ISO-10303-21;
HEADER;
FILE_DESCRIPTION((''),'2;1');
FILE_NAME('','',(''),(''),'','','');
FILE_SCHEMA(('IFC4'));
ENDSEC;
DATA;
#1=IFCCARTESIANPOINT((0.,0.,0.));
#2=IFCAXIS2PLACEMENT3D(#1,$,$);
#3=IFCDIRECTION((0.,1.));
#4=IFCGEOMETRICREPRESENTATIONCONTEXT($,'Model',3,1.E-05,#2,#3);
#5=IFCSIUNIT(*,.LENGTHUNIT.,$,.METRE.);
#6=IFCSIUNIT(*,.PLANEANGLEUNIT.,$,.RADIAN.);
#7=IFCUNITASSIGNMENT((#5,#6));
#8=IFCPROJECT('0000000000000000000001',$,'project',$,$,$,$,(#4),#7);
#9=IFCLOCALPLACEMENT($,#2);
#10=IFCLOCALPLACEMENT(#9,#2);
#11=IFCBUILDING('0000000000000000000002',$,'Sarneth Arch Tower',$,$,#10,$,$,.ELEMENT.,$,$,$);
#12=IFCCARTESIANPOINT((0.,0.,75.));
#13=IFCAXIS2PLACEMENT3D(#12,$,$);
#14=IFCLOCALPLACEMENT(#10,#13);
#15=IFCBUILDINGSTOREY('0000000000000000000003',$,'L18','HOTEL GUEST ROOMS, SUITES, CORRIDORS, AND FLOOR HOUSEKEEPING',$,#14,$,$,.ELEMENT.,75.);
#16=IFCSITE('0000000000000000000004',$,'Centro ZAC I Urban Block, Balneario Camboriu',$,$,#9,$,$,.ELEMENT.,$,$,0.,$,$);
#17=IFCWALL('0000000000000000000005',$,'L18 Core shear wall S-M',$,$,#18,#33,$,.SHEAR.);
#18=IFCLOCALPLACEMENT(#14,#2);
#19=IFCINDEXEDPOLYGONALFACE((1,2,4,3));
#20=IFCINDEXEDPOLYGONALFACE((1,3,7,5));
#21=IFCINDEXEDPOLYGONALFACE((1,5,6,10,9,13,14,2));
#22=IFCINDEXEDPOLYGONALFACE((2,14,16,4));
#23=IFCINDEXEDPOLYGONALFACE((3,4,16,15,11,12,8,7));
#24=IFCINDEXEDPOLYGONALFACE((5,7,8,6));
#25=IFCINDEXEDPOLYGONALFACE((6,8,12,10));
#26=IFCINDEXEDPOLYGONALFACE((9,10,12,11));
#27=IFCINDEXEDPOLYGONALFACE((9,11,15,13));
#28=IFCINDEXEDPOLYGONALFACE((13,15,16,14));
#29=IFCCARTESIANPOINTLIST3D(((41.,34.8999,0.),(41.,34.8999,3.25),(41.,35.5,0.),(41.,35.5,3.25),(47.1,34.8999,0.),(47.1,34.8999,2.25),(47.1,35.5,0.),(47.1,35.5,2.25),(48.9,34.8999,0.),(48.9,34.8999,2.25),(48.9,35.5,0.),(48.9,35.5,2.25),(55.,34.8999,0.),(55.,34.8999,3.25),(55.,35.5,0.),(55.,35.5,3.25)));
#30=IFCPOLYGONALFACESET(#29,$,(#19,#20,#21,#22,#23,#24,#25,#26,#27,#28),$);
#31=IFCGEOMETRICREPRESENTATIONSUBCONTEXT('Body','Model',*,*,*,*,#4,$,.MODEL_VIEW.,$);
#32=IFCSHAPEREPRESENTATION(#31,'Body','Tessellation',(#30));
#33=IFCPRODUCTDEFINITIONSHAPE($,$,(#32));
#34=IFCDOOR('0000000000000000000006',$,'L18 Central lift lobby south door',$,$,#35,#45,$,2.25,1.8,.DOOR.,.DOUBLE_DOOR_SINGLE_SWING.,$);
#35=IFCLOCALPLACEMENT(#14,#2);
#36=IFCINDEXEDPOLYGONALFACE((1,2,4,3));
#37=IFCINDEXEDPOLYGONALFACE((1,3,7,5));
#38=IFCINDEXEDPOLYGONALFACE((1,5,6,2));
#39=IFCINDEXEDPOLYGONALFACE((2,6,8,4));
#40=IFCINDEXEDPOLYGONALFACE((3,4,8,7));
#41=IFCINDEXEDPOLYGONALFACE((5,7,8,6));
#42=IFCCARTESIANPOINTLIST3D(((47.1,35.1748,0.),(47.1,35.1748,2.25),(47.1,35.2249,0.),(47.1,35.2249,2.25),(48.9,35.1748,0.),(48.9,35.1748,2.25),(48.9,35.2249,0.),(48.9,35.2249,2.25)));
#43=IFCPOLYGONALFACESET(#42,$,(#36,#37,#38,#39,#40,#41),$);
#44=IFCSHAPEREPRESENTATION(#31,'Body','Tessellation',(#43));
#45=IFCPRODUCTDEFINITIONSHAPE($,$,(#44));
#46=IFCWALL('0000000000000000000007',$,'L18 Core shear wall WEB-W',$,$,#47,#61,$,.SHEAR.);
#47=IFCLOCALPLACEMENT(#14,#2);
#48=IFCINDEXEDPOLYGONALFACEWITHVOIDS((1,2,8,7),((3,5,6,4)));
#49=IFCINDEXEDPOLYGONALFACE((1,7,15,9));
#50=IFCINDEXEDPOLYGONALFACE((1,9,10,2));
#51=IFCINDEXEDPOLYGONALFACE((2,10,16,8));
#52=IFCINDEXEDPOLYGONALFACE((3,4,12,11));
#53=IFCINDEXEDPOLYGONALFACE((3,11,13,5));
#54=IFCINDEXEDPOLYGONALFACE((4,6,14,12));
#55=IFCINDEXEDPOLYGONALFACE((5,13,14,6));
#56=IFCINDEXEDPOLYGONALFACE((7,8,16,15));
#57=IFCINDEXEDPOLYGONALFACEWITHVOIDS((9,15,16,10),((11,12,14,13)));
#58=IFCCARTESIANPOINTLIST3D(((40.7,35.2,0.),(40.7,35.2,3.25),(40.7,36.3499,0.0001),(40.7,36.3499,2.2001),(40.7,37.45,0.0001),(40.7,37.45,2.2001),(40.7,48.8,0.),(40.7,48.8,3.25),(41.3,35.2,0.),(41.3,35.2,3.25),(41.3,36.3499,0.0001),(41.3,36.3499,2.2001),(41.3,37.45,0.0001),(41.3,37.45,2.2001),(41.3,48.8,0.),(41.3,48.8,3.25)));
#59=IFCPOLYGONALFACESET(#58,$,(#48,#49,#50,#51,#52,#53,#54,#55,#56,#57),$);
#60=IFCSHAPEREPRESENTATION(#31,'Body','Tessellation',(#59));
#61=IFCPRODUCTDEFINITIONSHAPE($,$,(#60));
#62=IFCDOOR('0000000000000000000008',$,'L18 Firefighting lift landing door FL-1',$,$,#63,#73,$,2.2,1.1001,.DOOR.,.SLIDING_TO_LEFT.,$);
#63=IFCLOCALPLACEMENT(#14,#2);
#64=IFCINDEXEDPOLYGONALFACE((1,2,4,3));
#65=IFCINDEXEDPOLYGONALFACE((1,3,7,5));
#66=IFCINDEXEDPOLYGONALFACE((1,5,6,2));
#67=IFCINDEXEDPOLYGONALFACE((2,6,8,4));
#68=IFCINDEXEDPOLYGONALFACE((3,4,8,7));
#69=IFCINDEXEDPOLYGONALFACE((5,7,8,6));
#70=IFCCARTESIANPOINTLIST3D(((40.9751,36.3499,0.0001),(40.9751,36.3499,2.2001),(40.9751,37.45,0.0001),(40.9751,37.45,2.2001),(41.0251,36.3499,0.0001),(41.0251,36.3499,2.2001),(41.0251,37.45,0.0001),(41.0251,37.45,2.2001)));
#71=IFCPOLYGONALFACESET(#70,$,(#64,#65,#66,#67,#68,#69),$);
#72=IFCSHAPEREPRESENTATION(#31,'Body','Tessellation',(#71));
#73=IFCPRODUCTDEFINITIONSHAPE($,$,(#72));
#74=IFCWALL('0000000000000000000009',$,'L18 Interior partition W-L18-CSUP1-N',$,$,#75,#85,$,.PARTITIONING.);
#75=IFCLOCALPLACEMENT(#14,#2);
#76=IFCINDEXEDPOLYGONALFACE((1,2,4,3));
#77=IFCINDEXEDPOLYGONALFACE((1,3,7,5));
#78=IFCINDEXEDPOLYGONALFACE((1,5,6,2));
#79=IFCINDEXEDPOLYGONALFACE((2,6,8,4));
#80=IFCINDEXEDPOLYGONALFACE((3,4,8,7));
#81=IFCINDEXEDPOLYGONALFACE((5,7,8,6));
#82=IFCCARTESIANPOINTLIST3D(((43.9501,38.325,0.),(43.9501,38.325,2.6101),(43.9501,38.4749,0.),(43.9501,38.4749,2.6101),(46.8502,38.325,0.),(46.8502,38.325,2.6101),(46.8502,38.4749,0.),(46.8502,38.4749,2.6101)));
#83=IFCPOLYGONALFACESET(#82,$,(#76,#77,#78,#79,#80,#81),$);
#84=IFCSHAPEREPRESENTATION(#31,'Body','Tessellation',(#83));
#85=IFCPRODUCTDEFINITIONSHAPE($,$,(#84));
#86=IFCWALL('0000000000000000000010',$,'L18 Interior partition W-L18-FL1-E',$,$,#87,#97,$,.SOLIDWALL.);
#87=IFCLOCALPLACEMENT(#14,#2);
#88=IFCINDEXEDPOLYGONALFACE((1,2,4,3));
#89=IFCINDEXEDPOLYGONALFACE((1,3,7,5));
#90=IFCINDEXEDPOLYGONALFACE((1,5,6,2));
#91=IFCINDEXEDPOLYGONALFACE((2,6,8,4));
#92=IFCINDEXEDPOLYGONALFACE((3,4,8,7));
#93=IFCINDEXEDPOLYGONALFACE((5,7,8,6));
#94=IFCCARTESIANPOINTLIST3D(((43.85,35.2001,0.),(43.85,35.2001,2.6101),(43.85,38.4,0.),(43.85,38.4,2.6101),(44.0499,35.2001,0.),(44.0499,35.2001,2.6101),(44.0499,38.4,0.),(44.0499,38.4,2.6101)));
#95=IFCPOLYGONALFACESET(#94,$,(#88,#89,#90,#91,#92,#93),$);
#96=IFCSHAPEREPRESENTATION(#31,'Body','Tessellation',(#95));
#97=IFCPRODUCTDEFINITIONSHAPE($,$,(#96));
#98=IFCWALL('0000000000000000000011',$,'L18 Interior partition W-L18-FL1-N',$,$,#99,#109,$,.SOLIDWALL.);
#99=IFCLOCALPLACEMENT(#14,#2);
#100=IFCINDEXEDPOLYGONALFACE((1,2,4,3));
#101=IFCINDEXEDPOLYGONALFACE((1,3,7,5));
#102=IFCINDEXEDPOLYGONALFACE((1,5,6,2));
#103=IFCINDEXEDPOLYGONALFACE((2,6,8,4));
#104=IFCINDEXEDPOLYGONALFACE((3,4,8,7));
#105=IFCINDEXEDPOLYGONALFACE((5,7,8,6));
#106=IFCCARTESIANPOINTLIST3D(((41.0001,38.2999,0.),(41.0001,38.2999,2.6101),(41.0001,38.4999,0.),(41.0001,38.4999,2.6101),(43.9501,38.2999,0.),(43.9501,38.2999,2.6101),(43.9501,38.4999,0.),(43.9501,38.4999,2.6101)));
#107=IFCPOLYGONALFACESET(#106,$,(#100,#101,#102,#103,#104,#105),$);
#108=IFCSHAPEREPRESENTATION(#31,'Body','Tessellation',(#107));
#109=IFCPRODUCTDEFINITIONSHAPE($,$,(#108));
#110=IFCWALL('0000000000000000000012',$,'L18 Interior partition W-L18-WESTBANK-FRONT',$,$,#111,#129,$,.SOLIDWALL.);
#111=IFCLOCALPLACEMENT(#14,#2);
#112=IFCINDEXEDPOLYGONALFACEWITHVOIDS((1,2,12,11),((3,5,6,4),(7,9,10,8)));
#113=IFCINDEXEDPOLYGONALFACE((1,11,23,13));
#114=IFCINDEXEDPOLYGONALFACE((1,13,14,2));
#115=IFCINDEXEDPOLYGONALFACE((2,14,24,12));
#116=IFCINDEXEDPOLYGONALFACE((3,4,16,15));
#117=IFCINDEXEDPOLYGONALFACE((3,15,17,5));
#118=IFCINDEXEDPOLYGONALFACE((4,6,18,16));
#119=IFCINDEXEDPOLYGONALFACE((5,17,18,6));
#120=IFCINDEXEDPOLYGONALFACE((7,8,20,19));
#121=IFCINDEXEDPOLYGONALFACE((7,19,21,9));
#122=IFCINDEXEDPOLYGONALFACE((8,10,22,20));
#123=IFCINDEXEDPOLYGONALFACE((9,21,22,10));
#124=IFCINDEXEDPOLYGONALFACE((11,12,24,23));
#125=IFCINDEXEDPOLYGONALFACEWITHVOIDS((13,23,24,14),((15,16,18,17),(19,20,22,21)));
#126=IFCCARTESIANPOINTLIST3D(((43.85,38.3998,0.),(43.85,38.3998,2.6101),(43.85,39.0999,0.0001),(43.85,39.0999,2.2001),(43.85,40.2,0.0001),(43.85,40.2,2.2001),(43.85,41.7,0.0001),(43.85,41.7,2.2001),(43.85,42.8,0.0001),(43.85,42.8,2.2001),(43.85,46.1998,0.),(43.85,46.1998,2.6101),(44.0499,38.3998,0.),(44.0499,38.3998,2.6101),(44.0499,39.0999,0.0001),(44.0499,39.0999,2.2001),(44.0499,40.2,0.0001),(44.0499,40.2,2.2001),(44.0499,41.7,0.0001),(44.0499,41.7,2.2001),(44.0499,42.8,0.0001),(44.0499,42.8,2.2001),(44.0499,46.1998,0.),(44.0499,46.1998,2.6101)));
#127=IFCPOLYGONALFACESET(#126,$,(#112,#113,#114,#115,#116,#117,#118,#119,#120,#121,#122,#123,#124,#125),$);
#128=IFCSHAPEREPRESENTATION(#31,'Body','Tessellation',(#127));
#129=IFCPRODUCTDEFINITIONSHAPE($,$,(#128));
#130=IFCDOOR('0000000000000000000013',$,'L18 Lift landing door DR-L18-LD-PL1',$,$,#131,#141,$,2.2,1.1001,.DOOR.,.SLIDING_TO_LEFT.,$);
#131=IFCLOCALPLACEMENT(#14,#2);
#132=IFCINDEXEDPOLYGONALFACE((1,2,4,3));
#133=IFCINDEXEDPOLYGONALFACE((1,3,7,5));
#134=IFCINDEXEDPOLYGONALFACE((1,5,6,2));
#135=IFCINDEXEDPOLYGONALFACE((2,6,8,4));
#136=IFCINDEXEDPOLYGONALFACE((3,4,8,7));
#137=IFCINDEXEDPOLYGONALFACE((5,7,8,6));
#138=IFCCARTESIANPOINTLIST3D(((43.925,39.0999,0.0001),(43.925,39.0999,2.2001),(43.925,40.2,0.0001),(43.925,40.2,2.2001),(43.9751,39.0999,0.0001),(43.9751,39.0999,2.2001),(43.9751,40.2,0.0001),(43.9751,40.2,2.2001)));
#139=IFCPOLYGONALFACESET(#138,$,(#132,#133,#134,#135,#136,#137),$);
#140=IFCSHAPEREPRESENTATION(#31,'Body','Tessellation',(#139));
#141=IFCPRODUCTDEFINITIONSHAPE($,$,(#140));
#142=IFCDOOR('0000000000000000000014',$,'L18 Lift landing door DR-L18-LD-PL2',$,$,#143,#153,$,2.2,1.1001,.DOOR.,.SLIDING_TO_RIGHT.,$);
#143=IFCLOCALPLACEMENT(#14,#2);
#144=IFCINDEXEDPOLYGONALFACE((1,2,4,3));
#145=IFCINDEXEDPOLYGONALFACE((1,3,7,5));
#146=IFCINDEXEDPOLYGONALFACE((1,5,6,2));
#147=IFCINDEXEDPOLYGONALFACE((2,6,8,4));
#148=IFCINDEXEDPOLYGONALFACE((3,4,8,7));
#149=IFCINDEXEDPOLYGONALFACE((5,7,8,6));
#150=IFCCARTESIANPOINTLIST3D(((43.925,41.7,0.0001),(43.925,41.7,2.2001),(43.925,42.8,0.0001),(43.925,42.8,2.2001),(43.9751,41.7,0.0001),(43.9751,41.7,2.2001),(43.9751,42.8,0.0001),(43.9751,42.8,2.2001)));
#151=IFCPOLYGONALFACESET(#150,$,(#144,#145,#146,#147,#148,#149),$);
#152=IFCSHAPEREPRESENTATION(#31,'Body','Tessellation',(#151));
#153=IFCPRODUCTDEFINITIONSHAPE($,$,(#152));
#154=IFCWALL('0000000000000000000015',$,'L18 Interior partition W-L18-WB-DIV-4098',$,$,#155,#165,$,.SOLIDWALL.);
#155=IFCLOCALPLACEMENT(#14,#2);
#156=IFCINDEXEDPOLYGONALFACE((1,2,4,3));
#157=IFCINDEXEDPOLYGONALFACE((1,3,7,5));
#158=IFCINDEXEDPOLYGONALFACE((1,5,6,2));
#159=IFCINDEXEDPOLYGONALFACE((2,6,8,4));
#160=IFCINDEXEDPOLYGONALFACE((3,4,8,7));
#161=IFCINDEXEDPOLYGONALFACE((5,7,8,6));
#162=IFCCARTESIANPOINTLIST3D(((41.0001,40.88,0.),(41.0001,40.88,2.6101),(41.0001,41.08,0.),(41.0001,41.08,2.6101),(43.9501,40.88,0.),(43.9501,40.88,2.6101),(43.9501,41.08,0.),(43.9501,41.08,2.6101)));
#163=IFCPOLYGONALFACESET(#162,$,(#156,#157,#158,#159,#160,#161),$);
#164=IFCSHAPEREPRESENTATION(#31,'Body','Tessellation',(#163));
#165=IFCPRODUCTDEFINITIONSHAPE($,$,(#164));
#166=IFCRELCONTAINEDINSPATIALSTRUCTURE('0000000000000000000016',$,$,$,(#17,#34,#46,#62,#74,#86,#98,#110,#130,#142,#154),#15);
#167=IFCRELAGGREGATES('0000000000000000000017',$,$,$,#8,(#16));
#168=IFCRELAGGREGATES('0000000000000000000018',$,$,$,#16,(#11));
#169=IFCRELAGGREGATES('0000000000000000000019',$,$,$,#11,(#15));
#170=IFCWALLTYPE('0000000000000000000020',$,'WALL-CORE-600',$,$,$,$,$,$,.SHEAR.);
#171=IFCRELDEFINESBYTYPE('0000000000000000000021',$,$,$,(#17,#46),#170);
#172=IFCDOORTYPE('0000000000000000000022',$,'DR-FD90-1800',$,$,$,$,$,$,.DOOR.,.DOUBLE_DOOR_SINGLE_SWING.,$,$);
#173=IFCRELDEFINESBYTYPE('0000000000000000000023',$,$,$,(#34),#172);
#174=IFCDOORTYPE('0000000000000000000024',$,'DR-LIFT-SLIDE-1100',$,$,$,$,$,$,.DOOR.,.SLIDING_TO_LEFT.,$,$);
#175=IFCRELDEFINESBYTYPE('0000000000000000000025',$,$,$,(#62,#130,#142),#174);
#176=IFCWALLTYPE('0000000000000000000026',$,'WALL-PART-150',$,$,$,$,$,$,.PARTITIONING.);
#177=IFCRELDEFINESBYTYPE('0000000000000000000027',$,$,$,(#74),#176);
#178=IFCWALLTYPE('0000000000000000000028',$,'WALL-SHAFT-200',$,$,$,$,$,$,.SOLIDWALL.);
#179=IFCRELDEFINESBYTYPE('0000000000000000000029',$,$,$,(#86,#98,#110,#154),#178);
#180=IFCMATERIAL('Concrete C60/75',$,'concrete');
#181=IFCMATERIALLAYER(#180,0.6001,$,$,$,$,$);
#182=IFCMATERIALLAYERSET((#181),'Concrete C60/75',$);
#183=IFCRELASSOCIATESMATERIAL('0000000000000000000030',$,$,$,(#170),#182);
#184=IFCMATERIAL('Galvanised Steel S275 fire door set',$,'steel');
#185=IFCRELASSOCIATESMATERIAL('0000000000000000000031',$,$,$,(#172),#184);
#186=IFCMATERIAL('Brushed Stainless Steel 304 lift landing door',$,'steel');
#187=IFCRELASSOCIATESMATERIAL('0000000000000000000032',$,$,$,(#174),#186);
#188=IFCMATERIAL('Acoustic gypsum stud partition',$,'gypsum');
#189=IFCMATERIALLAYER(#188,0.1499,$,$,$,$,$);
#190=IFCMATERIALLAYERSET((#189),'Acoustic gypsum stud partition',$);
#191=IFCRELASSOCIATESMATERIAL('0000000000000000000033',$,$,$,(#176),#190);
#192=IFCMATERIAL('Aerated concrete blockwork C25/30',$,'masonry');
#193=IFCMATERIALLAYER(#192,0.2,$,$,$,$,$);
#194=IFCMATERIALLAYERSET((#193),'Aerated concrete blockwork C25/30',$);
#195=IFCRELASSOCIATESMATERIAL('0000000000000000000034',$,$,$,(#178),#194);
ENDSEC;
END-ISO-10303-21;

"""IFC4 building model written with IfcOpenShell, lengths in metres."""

from ifc_helpers import new_model, si_unit, direction, frame, frame_2d, origin, place, context, subcontext, project, spatial, rectangle, extrude, material, layer, layer_set, type_object, element, fill, save


model = new_model("IFC4")

# Units and contexts
model_context = context("Model", 3, precision=1e-05, world=origin(), true_north=direction((0.0, 1.0)))
body_context = subcontext(model_context, "Body", "Model", "MODEL_VIEW")
ifc_project = project(units=[si_unit("LENGTHUNIT", "METRE"), si_unit("PLANEANGLEUNIT", "RADIAN")], contexts=[model_context])

# Site, building, storey
site_placement = place(None, origin())
site = spatial("IfcSite", under=ifc_project, at=site_placement, Name="Centro ZAC I Urban Block, Balneario Camboriu", CompositionType="ELEMENT", RefElevation=0.0)
building_placement = place(site_placement, origin())
building = spatial("IfcBuilding", under=site, at=building_placement, Name="Sarneth Arch Tower", CompositionType="ELEMENT")
storey_placement = place(building_placement, frame((0.0, 0.0, 75.0)))
storey = spatial("IfcBuildingStorey", under=building, at=storey_placement, Name="L18", Description="HOTEL GUEST ROOMS, SUITES, CORRIDORS, AND FLOOR HOUSEKEEPING", CompositionType="ELEMENT", Elevation=75.0)

# Shared definitions
ifc_material_1 = material(Name="Concrete C60/75", Category="concrete")
ifc_layer_1 = layer(ifc_material_1, 0.6001)
ifc_layer_set_1 = layer_set([ifc_layer_1], Name="Concrete C60/75")
wall_type_1 = type_object("IfcWallType", Name="WALL-CORE-600", PredefinedType="SHEAR", material=ifc_layer_set_1)

# Walls, openings, doors
wall_1_placement = place(storey_placement, frame((41.0, 35.2, 0.0), z_axis=(0.0, 0.0, 1.0), x_axis=(1.0, 0.0, 0.0)))
wall_1 = element("IfcWall", 1, at=wall_1_placement, inside=storey, type_object=wall_type_1, Name="L18 Core shear wall S-M", PredefinedType="SHEAR", context=body_context, shape_type="SweptSolid", body=[
    extrude(rectangle(XDim=14.0, YDim=0.6001, at=frame_2d((7.0, 0.0))), origin(), (0.0, 0.0, 1.0), 3.25),
])
opening_1_placement = place(wall_1_placement, frame((6.1001, 0.0, 0.0)))
opening_1 = element("IfcOpeningElement", 2, at=opening_1_placement, cuts=wall_1, PredefinedType="OPENING", context=body_context, shape_type="SweptSolid", body=[
    extrude(rectangle(XDim=1.8, YDim=2.25, at=frame_2d((0.8999, 1.125))), frame((0.0, 0.3101, 0.0), z_axis=(0.0, -1.0, 0.0), x_axis=(1.0, 0.0, 0.0)), (0.0, 0.0, 1.0), 0.6201),
])
ifc_material_2 = material(Name="Galvanised Steel S275 fire door set", Category="steel")
door_type_1 = type_object("IfcDoorType", Name="DR-FD90-1800", OperationType="DOUBLE_DOOR_SINGLE_SWING", PredefinedType="DOOR", material=ifc_material_2)
door_1_placement = place(opening_1_placement, origin())
door_1 = element("IfcDoor", 3, at=door_1_placement, inside=storey, type_object=door_type_1, Name="L18 Central lift lobby south door", OperationType="DOUBLE_DOOR_SINGLE_SWING", OverallHeight=2.25, OverallWidth=1.8, PredefinedType="DOOR", context=body_context, shape_type="SweptSolid", body=[
    extrude(rectangle(XDim=1.8, YDim=2.25, at=frame_2d((0.8999, 1.125))), frame((0.0, 0.0249, 0.0), z_axis=(0.0, -1.0, 0.0), x_axis=(1.0, 0.0, 0.0)), (0.0, 0.0, 1.0), 0.05),
])
fill(opening_1, door_1)
wall_2_placement = place(storey_placement, frame((41.0, 35.2, 0.0), z_axis=(0.0, 0.0, 1.0), x_axis=(0.0, 1.0, 0.0)))
wall_2 = element("IfcWall", 4, at=wall_2_placement, inside=storey, type_object=wall_type_1, Name="L18 Core shear wall WEB-W", PredefinedType="SHEAR", context=body_context, shape_type="SweptSolid", body=[
    extrude(rectangle(XDim=13.6001, YDim=0.6001, at=frame_2d((6.8, 0.0))), origin(), (0.0, 0.0, 1.0), 3.25),
])
opening_2_placement = place(wall_2_placement, frame((1.1499, 0.0, 0.0)))
opening_2 = element("IfcOpeningElement", 5, at=opening_2_placement, cuts=wall_2, PredefinedType="OPENING", context=body_context, shape_type="SweptSolid", body=[
    extrude(rectangle(XDim=1.1001, YDim=2.2, at=frame_2d((0.55, 1.1001))), frame((0.0, 0.3101, 0.0), z_axis=(0.0, -1.0, 0.0), x_axis=(1.0, 0.0, 0.0)), (0.0, 0.0, 1.0), 0.6201),
])
ifc_material_3 = material(Name="Brushed Stainless Steel 304 lift landing door", Category="steel")
door_type_2 = type_object("IfcDoorType", Name="DR-LIFT-SLIDE-1100", OperationType="SLIDING_TO_LEFT", PredefinedType="DOOR", material=ifc_material_3)
door_2_placement = place(opening_2_placement, origin())
door_2 = element("IfcDoor", 6, at=door_2_placement, inside=storey, type_object=door_type_2, Name="L18 Firefighting lift landing door FL-1", OperationType="SLIDING_TO_LEFT", OverallHeight=2.2, OverallWidth=1.1001, PredefinedType="DOOR", context=body_context, shape_type="SweptSolid", body=[
    extrude(rectangle(XDim=1.1001, YDim=2.2, at=frame_2d((0.55, 1.1001))), frame((0.0, 0.0249, 0.0), z_axis=(0.0, -1.0, 0.0), x_axis=(1.0, 0.0, 0.0)), (0.0, 0.0, 1.0), 0.05),
])
fill(opening_2, door_2)

# Wall
ifc_material_4 = material(Name="Acoustic gypsum stud partition", Category="gypsum")
ifc_layer_2 = layer(ifc_material_4, 0.1499)
ifc_layer_set_2 = layer_set([ifc_layer_2], Name="Acoustic gypsum stud partition")
wall_type_2 = type_object("IfcWallType", Name="WALL-PART-150", PredefinedType="PARTITIONING", material=ifc_layer_set_2)
wall_3_placement = place(storey_placement, frame((43.95, 38.3999, 0.0), z_axis=(0.0, 0.0, 1.0), x_axis=(1.0, 0.0, 0.0)))
element("IfcWall", 7, at=wall_3_placement, inside=storey, type_object=wall_type_2, Name="L18 Interior partition W-L18-CSUP1-N", PredefinedType="PARTITIONING", context=body_context, shape_type="SweptSolid", body=[
    extrude(rectangle(XDim=2.9001, YDim=0.1499, at=frame_2d((1.4502, 0.0))), origin(), (0.0, 0.0, 1.0), 2.6101),
])

# Shared definitions
ifc_material_5 = material(Name="Aerated concrete blockwork C25/30", Category="masonry")
ifc_layer_3 = layer(ifc_material_5, 0.2)
ifc_layer_set_3 = layer_set([ifc_layer_3], Name="Aerated concrete blockwork C25/30")
wall_type_3 = type_object("IfcWallType", Name="WALL-SHAFT-200", PredefinedType="SOLIDWALL", material=ifc_layer_set_3)

# Walls
wall_4_placement = place(storey_placement, frame((43.95, 35.2, 0.0), z_axis=(0.0, 0.0, 1.0), x_axis=(0.0, 1.0, 0.0)))
element("IfcWall", 8, at=wall_4_placement, inside=storey, type_object=wall_type_3, Name="L18 Interior partition W-L18-FL1-E", PredefinedType="SOLIDWALL", context=body_context, shape_type="SweptSolid", body=[
    extrude(rectangle(XDim=3.2, YDim=0.2, at=frame_2d((1.6001, 0.0))), origin(), (0.0, 0.0, 1.0), 2.6101),
])
wall_5_placement = place(storey_placement, frame((41.0, 38.3999, 0.0), z_axis=(0.0, 0.0, 1.0), x_axis=(1.0, 0.0, 0.0)))
element("IfcWall", 9, at=wall_5_placement, inside=storey, type_object=wall_type_3, Name="L18 Interior partition W-L18-FL1-N", PredefinedType="SOLIDWALL", context=body_context, shape_type="SweptSolid", body=[
    extrude(rectangle(XDim=2.95, YDim=0.2, at=frame_2d((1.4751, 0.0))), origin(), (0.0, 0.0, 1.0), 2.6101),
])

# Wall, openings, doors
wall_6_placement = place(storey_placement, frame((43.95, 38.3999, 0.0), z_axis=(0.0, 0.0, 1.0), x_axis=(0.0, 1.0, 0.0)))
wall_6 = element("IfcWall", 10, at=wall_6_placement, inside=storey, type_object=wall_type_3, Name="L18 Interior partition W-L18-WESTBANK-FRONT", PredefinedType="SOLIDWALL", context=body_context, shape_type="SweptSolid", body=[
    extrude(rectangle(XDim=7.8, YDim=0.2, at=frame_2d((3.8999, 0.0))), origin(), (0.0, 0.0, 1.0), 2.6101),
])
opening_3_placement = place(wall_6_placement, frame((0.7, 0.0, 0.0)))
opening_3 = element("IfcOpeningElement", 11, at=opening_3_placement, cuts=wall_6, PredefinedType="OPENING", context=body_context, shape_type="SweptSolid", body=[
    extrude(rectangle(XDim=1.1001, YDim=2.2, at=frame_2d((0.55, 1.1001))), frame((0.0, 0.1099, 0.0), z_axis=(0.0, -1.0, 0.0), x_axis=(1.0, 0.0, 0.0)), (0.0, 0.0, 1.0), 0.22),
])
opening_4_placement = place(wall_6_placement, frame((3.3, 0.0, 0.0)))
opening_4 = element("IfcOpeningElement", 12, at=opening_4_placement, cuts=wall_6, PredefinedType="OPENING", context=body_context, shape_type="SweptSolid", body=[
    extrude(rectangle(XDim=1.1001, YDim=2.2, at=frame_2d((0.55, 1.1001))), frame((0.0, 0.1099, 0.0), z_axis=(0.0, -1.0, 0.0), x_axis=(1.0, 0.0, 0.0)), (0.0, 0.0, 1.0), 0.22),
])
door_3_placement = place(opening_3_placement, origin())
door_3 = element("IfcDoor", 13, at=door_3_placement, inside=storey, type_object=door_type_2, Name="L18 Lift landing door DR-L18-LD-PL1", OperationType="SLIDING_TO_LEFT", OverallHeight=2.2, OverallWidth=1.1001, PredefinedType="DOOR", context=body_context, shape_type="SweptSolid", body=[
    extrude(rectangle(XDim=1.1001, YDim=2.2, at=frame_2d((0.55, 1.1001))), frame((0.0, 0.0249, 0.0), z_axis=(0.0, -1.0, 0.0), x_axis=(1.0, 0.0, 0.0)), (0.0, 0.0, 1.0), 0.05),
])
fill(opening_3, door_3)
door_4_placement = place(opening_4_placement, origin())
door_4 = element("IfcDoor", 14, at=door_4_placement, inside=storey, type_object=door_type_2, Name="L18 Lift landing door DR-L18-LD-PL2", OperationType="SLIDING_TO_RIGHT", OverallHeight=2.2, OverallWidth=1.1001, PredefinedType="DOOR", context=body_context, shape_type="SweptSolid", body=[
    extrude(rectangle(XDim=1.1001, YDim=2.2, at=frame_2d((0.55, 1.1001))), frame((0.0, 0.0249, 0.0), z_axis=(0.0, -1.0, 0.0), x_axis=(1.0, 0.0, 0.0)), (0.0, 0.0, 1.0), 0.05),
])
fill(opening_4, door_4)

# Wall
wall_7_placement = place(storey_placement, frame((41.0, 40.98, 0.0), z_axis=(0.0, 0.0, 1.0), x_axis=(1.0, 0.0, 0.0)))
element("IfcWall", 15, at=wall_7_placement, inside=storey, type_object=wall_type_3, Name="L18 Interior partition W-L18-WB-DIV-4098", PredefinedType="SOLIDWALL", context=body_context, shape_type="SweptSolid", body=[
    extrude(rectangle(XDim=2.95, YDim=0.2, at=frame_2d((1.4751, 0.0))), origin(), (0.0, 0.0, 1.0), 2.6101),
])

save(model, "model.ifc")
